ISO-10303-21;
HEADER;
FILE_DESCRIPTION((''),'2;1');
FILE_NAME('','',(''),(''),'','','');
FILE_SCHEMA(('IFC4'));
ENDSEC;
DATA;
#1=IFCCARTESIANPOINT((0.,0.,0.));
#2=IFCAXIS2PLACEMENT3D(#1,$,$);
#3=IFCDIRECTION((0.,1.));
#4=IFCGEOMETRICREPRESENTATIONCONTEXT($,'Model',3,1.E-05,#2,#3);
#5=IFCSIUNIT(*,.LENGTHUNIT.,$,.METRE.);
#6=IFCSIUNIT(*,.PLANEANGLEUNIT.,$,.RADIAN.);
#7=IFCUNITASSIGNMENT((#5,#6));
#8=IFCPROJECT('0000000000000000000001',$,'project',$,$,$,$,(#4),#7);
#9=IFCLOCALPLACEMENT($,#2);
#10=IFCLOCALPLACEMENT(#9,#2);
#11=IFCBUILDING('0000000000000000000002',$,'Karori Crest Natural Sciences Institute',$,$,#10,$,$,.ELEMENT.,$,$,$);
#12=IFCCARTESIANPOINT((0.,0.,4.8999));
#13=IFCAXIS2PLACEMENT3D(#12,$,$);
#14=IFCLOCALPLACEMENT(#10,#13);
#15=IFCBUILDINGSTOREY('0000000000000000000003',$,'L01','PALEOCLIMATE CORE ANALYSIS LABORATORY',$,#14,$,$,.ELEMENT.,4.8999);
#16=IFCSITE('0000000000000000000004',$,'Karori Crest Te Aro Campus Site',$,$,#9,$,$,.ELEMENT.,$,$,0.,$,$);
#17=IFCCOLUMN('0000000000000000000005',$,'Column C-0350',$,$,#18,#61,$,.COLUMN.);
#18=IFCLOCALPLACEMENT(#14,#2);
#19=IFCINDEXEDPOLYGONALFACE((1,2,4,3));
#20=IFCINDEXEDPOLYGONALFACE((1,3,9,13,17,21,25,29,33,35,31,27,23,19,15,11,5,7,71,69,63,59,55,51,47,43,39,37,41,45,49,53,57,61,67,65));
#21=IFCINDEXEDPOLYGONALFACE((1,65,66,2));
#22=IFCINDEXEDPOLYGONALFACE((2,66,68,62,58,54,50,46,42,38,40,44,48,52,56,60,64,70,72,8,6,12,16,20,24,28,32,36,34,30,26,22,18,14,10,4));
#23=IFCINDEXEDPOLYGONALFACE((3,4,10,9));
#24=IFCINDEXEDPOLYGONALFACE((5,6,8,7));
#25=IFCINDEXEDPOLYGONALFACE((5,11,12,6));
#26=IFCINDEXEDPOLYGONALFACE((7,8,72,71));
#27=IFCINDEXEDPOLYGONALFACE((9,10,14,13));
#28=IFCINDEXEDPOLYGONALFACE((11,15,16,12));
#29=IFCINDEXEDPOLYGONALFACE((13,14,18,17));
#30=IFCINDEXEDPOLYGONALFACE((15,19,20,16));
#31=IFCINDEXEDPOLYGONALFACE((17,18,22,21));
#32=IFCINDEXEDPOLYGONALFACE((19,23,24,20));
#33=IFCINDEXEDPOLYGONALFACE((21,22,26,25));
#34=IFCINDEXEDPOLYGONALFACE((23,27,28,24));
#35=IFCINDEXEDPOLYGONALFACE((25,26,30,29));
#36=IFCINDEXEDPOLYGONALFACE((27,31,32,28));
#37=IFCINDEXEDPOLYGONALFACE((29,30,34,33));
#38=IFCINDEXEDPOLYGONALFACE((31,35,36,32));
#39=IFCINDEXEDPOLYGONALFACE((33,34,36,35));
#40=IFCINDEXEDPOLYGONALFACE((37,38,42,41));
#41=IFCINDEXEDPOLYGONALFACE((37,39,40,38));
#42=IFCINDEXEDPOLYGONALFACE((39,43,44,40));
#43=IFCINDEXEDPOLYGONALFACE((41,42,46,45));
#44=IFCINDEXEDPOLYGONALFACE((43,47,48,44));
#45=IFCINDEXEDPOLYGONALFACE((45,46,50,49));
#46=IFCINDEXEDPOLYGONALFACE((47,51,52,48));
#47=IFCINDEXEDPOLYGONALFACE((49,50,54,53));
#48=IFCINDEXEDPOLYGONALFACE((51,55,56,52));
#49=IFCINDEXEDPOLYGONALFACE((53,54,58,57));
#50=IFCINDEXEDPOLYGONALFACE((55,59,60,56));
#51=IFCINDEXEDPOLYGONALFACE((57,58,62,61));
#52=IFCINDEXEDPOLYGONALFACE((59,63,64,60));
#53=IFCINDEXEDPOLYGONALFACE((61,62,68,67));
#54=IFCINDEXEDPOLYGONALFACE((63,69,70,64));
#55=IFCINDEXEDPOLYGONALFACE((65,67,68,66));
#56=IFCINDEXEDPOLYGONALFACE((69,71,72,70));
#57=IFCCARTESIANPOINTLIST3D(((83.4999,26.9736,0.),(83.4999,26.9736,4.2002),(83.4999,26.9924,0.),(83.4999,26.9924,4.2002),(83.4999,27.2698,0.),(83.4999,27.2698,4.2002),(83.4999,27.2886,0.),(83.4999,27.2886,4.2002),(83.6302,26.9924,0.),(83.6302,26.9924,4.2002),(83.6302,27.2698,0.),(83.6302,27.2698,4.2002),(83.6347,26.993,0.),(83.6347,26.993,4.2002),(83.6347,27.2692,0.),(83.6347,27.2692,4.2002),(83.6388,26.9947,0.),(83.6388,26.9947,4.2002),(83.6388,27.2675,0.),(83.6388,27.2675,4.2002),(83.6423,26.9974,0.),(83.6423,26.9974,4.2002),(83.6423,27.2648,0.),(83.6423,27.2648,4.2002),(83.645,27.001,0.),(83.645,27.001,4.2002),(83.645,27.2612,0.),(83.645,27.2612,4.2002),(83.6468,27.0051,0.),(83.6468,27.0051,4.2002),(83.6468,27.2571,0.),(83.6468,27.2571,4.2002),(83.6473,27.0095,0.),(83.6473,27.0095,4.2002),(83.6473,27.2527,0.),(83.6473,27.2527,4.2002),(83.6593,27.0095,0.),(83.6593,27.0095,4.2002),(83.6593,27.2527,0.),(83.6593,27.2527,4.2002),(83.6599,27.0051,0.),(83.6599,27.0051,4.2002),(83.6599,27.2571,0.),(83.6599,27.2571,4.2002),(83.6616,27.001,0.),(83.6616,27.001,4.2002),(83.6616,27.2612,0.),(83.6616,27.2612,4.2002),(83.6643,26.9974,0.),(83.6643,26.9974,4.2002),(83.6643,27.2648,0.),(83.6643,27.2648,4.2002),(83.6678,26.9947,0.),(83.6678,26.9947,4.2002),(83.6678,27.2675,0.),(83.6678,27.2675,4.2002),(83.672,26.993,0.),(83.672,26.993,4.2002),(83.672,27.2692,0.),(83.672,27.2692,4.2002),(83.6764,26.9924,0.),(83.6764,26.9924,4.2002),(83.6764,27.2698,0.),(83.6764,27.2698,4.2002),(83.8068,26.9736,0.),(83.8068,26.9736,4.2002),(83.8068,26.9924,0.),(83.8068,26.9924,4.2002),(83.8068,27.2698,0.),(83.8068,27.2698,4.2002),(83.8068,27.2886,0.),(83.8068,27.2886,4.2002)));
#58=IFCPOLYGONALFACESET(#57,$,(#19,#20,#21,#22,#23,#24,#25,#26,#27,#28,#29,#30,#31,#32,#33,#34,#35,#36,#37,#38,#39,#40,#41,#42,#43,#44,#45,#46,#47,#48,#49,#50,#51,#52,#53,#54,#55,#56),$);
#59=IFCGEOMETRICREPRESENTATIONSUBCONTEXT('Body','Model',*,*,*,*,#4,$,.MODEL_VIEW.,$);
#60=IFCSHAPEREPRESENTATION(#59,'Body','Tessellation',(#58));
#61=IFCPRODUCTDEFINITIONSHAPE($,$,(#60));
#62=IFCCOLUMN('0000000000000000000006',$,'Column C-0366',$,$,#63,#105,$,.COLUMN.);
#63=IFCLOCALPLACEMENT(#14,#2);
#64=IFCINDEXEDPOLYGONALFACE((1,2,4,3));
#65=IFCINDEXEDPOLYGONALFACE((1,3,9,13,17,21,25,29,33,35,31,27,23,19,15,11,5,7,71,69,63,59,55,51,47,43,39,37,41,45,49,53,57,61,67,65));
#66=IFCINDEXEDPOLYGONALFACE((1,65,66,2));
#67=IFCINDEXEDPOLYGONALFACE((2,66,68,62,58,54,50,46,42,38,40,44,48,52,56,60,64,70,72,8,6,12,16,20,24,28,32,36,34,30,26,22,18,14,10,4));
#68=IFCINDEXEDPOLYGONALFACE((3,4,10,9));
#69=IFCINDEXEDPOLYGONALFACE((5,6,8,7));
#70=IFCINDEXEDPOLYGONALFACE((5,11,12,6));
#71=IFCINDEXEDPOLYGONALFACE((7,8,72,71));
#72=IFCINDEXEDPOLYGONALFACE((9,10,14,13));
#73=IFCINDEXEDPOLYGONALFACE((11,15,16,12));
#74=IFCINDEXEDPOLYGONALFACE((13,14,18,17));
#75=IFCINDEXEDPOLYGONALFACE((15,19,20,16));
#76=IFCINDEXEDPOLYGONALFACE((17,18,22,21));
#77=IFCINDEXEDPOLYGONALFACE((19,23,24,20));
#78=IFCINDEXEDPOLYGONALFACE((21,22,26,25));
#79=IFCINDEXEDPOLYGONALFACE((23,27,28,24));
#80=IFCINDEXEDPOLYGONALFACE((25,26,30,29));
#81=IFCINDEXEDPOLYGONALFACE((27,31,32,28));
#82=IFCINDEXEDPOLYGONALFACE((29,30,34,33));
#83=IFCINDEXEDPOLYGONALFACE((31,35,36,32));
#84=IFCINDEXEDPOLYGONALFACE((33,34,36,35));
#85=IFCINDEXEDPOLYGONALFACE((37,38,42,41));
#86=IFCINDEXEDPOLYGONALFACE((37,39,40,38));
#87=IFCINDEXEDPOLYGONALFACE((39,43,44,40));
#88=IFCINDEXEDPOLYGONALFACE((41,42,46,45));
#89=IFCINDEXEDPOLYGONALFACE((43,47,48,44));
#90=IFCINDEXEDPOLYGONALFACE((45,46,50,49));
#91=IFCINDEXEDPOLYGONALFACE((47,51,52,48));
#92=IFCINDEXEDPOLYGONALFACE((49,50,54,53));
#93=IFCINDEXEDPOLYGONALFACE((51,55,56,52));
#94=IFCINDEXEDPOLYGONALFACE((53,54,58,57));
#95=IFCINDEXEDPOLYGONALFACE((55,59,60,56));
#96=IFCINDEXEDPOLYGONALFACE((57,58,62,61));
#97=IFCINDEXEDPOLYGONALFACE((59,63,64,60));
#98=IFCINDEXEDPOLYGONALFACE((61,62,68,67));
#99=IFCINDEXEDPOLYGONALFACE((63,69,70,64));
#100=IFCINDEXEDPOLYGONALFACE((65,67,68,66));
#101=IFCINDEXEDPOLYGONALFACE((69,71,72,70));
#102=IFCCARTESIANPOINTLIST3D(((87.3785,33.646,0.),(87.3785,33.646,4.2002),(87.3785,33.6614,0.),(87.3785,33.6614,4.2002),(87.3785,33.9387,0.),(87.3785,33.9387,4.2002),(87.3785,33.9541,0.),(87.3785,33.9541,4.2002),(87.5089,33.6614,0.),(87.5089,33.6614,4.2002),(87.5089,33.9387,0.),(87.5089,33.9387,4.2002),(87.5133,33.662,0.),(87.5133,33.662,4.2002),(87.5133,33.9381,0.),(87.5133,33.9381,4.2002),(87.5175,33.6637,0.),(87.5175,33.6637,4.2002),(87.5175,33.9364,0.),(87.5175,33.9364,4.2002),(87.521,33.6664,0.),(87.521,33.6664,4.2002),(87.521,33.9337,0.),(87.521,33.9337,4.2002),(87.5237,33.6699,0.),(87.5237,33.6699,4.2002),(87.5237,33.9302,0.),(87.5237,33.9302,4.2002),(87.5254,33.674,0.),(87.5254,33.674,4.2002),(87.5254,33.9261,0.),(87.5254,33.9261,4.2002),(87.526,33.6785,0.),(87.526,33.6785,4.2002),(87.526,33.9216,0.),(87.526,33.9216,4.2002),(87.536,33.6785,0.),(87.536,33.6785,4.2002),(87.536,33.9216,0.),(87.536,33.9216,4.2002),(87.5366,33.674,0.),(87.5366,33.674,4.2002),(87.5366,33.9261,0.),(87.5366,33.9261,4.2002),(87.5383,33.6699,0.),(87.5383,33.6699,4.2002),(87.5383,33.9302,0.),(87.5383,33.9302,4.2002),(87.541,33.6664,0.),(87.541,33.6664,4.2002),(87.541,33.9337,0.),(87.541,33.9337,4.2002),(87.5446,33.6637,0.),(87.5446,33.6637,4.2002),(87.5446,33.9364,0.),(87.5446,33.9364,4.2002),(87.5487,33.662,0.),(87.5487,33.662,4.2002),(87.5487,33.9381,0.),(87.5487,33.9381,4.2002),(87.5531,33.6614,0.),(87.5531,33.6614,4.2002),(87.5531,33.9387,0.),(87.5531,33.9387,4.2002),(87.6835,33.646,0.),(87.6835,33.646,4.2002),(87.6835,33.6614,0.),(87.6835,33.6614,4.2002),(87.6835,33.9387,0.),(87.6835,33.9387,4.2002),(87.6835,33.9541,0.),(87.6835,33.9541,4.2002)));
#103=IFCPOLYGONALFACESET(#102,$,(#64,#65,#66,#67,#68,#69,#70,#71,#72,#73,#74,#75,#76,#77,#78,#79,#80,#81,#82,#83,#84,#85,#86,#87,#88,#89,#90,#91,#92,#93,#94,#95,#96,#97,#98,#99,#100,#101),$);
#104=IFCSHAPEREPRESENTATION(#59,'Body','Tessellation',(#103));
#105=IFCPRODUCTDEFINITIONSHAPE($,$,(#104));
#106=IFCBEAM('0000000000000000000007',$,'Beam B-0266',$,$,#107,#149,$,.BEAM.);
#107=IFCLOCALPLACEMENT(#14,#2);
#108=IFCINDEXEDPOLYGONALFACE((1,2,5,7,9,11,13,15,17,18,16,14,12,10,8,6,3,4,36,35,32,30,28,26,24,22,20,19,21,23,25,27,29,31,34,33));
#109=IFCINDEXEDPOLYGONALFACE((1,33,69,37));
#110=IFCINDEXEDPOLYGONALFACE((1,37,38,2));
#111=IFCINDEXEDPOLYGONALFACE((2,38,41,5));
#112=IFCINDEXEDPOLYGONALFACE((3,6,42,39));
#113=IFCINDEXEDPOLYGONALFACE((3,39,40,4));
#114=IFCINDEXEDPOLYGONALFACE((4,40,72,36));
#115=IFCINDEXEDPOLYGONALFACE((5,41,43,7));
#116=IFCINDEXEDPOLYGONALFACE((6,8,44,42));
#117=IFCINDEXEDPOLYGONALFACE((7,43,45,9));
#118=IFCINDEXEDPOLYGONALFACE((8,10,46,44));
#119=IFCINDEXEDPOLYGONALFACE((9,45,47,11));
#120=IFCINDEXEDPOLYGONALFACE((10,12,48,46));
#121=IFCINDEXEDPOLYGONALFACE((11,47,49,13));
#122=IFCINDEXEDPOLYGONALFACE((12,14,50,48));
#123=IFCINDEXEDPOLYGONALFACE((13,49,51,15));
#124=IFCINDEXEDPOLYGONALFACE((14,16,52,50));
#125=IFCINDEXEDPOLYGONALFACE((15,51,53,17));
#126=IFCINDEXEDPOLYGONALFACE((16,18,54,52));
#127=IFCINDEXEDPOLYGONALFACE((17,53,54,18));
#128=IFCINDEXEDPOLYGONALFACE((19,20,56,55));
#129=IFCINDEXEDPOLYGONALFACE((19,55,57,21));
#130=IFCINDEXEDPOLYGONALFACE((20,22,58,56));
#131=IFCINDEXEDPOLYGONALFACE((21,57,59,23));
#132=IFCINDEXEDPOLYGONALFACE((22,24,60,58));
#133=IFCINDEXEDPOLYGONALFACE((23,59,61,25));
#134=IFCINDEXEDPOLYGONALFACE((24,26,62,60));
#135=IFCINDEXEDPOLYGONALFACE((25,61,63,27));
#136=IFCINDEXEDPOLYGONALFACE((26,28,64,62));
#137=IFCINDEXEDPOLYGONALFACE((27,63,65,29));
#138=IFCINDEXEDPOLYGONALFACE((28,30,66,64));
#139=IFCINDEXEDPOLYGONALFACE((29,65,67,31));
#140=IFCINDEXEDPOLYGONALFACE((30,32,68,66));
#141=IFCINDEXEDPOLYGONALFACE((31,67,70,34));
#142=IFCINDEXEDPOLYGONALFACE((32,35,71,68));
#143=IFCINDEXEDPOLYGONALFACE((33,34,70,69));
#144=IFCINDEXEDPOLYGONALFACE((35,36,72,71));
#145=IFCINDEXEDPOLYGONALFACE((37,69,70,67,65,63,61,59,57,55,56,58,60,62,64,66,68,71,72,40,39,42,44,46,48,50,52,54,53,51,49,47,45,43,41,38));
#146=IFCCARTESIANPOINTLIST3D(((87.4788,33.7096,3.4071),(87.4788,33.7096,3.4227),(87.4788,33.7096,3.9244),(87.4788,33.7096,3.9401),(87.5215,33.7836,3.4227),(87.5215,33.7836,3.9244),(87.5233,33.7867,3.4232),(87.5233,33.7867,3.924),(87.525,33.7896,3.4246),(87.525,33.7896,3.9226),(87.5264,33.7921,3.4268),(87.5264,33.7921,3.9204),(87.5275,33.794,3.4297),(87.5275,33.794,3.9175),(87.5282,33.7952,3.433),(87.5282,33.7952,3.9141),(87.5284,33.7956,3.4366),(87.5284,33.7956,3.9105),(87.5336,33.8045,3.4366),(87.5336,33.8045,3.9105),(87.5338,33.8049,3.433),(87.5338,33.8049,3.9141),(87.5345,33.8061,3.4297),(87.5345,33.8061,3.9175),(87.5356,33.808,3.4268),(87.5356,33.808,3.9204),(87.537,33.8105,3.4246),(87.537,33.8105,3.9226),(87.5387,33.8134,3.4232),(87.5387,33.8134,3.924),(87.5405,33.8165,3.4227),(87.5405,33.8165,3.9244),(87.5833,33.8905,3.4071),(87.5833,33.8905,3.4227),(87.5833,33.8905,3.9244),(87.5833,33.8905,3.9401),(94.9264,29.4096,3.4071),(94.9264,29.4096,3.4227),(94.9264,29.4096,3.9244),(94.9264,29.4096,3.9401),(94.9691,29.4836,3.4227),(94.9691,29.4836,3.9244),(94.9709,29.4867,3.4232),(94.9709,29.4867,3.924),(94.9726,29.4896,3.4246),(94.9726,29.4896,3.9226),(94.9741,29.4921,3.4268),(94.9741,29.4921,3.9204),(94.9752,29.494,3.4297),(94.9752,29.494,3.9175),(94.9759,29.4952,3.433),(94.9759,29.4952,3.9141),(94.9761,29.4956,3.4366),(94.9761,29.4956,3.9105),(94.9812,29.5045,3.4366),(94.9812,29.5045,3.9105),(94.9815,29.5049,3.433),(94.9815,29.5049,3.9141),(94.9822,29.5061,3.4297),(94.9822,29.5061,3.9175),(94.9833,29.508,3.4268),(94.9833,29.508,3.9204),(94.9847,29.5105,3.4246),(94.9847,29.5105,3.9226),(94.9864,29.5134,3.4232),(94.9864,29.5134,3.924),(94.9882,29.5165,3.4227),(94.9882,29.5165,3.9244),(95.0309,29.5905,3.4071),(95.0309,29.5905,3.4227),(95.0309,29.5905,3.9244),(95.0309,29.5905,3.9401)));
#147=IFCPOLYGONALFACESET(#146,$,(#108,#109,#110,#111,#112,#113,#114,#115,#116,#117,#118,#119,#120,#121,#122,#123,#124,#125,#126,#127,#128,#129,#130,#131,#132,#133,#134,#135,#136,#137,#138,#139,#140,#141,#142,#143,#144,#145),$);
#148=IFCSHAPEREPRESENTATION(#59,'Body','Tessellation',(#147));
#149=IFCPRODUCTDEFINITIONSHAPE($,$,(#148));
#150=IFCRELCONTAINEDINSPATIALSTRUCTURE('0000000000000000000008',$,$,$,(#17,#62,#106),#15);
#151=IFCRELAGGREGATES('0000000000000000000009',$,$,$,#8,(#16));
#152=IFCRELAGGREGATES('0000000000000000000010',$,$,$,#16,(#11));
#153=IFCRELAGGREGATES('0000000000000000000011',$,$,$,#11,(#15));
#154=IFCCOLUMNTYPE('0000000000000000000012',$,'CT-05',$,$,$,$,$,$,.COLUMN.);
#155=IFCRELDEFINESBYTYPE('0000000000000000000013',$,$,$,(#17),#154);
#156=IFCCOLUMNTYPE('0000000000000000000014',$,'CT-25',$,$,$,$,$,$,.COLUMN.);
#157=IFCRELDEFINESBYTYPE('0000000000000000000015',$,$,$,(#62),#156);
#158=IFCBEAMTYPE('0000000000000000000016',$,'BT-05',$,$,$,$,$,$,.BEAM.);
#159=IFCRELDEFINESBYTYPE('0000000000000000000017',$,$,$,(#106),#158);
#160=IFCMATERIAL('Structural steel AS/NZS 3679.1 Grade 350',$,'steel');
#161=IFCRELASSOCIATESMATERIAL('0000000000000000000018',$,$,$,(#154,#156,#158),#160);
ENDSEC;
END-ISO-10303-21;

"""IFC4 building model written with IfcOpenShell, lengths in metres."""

from ifc_helpers import new_model, si_unit, direction, frame, origin, origin_2d, place, context, subcontext, project, spatial, i_section, extrude, material, material_profile, profile_set, type_object, element, save


model = new_model("IFC4")

# Units and contexts
model_context = context("Model", 3, precision=1e-05, world=origin(), true_north=direction((0.0, 1.0)))
body_context = subcontext(model_context, "Body", "Model", "MODEL_VIEW")
ifc_project = project(units=[si_unit("LENGTHUNIT", "METRE"), si_unit("PLANEANGLEUNIT", "RADIAN")], contexts=[model_context])

# Site, building, storey
site_placement = place(None, origin())
site = spatial("IfcSite", under=ifc_project, at=site_placement, Name="Karori Crest Te Aro Campus Site", CompositionType="ELEMENT", RefElevation=0.0)
building_placement = place(site_placement, origin())
building = spatial("IfcBuilding", under=site, at=building_placement, Name="Karori Crest Natural Sciences Institute", CompositionType="ELEMENT")
storey_placement = place(building_placement, frame((0.0, 0.0, 4.8999)))
storey = spatial("IfcBuildingStorey", under=building, at=storey_placement, Name="L01", Description="PALEOCLIMATE CORE ANALYSIS LABORATORY", CompositionType="ELEMENT", Elevation=4.8999)

# Columns
ifc_material_1 = material(Name="Structural steel AS/NZS 3679.1 Grade 350", Category="steel")
ifc_material_profile_1 = material_profile(ifc_material_1, i_section(OverallWidth=0.3069, OverallDepth=0.3149, WebThickness=0.012, FlangeThickness=0.0188, FilletRadius=0.0171, at=origin_2d()), Name="310UC118")
ifc_profile_set_1 = profile_set([ifc_material_profile_1], Name="Structural steel AS/NZS 3679.1 Grade 350")
column_type_1 = type_object("IfcColumnType", Name="CT-05", PredefinedType="COLUMN", material=ifc_profile_set_1)
column_1_placement = place(storey_placement, frame((83.6533, 27.1311, 0.0), z_axis=(0.0, 0.0, 1.0), x_axis=(1.0, 0.0, 0.0)))
element("IfcColumn", 1, at=column_1_placement, inside=storey, type_object=column_type_1, Name="Column C-0350", PredefinedType="COLUMN", context=body_context, shape_type="SweptSolid", body=[
    extrude(i_section(OverallWidth=0.3069, OverallDepth=0.3149, WebThickness=0.012, FlangeThickness=0.0188, FilletRadius=0.0171, at=origin_2d()), origin(), (0.0, 0.0, 1.0), 4.2002),
])
ifc_material_profile_2 = material_profile(ifc_material_1, i_section(OverallWidth=0.3049, OverallDepth=0.3081, WebThickness=0.01, FlangeThickness=0.0154, FilletRadius=0.0171, at=origin_2d()), Name="310UC96.8")
ifc_profile_set_2 = profile_set([ifc_material_profile_2], Name="Structural steel AS/NZS 3679.1 Grade 350")
column_type_2 = type_object("IfcColumnType", Name="CT-25", PredefinedType="COLUMN", material=ifc_profile_set_2)
column_2_placement = place(storey_placement, frame((87.531, 33.8, 0.0), z_axis=(0.0, 0.0, 1.0), x_axis=(1.0, 0.0, 0.0)))
element("IfcColumn", 2, at=column_2_placement, inside=storey, type_object=column_type_2, Name="Column C-0366", PredefinedType="COLUMN", context=body_context, shape_type="SweptSolid", body=[
    extrude(i_section(OverallWidth=0.3049, OverallDepth=0.3081, WebThickness=0.01, FlangeThickness=0.0154, FilletRadius=0.0171, at=origin_2d()), origin(), (0.0, 0.0, 1.0), 4.2002),
])

# Beam
ifc_material_profile_3 = material_profile(ifc_material_1, i_section(OverallWidth=0.209, OverallDepth=0.533, WebThickness=0.0103, FlangeThickness=0.0156, FilletRadius=0.0139, at=origin_2d()), Name="530UB92.4")
ifc_profile_set_3 = profile_set([ifc_material_profile_3], Name="Structural steel AS/NZS 3679.1 Grade 350")
beam_type_1 = type_object("IfcBeamType", Name="BT-05", PredefinedType="BEAM", material=ifc_profile_set_3)
beam_1_placement = place(storey_placement, frame((87.531, 33.8, 3.6736), z_axis=(0.866021, -0.500008, 0.0), x_axis=(0.500008, 0.866021, 0.0)))
element("IfcBeam", 3, at=beam_1_placement, inside=storey, type_object=beam_type_1, Name="Beam B-0266", PredefinedType="BEAM", context=body_context, shape_type="SweptSolid", body=[
    extrude(i_section(OverallWidth=0.209, OverallDepth=0.533, WebThickness=0.0103, FlangeThickness=0.0156, FilletRadius=0.0139, at=origin_2d()), origin(), (0.0, 0.0, 1.0), 8.5999),
])

save(model, "model.ifc")
